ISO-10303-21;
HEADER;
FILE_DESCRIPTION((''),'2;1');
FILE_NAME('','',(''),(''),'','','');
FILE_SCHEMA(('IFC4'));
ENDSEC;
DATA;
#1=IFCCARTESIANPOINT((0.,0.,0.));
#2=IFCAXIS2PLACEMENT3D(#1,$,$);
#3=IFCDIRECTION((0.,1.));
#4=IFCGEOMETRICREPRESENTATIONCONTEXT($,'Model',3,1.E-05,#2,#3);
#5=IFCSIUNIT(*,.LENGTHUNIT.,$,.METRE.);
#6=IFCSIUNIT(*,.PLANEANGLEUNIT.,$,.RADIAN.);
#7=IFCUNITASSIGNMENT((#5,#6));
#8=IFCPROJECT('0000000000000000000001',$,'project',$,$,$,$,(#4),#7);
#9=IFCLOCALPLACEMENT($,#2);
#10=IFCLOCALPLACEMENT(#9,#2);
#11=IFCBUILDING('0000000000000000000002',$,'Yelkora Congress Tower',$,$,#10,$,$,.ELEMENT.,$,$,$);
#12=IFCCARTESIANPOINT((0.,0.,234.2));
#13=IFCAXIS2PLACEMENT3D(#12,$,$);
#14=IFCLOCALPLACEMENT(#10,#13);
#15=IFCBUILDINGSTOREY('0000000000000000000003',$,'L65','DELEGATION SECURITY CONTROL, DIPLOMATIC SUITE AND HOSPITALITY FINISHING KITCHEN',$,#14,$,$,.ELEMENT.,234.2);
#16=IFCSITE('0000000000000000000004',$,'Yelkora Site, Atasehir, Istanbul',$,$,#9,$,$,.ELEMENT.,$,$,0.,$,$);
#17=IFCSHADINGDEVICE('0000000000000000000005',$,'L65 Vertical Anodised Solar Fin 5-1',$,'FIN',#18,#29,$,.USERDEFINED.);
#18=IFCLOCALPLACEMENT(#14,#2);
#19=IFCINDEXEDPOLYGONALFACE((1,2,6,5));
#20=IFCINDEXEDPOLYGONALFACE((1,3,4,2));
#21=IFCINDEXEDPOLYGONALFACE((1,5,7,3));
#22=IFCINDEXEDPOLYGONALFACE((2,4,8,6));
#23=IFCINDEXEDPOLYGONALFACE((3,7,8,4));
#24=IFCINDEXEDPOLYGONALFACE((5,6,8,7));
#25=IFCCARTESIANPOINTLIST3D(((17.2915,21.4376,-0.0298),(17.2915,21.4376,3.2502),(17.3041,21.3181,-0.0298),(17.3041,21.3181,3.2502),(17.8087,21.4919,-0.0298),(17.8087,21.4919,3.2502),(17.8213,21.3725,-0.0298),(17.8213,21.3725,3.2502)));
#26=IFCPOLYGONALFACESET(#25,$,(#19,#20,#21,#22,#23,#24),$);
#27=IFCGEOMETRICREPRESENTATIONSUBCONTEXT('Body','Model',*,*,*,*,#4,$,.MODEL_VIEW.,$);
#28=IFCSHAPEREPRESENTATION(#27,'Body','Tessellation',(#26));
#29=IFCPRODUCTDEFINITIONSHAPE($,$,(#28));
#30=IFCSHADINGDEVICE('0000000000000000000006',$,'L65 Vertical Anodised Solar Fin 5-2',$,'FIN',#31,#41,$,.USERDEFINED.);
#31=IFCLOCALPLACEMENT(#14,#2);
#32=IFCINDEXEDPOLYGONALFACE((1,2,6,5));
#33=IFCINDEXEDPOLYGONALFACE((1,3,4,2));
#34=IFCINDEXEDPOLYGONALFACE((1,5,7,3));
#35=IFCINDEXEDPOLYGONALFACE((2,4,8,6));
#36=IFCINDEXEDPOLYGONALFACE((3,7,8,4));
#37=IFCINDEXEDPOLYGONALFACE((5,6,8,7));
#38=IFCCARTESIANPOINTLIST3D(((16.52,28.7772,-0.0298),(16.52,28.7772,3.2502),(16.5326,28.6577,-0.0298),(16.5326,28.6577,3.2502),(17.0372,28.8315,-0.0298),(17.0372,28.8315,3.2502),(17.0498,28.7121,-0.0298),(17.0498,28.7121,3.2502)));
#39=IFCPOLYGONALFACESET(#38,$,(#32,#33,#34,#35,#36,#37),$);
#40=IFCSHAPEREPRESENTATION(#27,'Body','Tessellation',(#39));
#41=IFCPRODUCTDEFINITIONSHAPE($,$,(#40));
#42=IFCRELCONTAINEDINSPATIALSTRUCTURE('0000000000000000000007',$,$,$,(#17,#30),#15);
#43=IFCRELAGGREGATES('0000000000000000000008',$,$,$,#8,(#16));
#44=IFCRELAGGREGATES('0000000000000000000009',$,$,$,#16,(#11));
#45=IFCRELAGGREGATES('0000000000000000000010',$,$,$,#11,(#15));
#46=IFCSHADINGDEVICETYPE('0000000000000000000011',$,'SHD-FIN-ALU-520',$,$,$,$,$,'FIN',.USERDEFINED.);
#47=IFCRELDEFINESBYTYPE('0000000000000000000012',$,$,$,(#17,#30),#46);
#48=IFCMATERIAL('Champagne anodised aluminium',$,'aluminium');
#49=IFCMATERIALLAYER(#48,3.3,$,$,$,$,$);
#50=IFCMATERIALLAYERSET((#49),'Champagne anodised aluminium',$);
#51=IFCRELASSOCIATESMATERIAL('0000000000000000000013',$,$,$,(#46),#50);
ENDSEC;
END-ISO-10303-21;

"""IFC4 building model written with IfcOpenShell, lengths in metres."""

from ifc_helpers import new_model, si_unit, direction, frame, origin, origin_2d, place, context, subcontext, project, spatial, rectangle, extrude, material, layer, layer_set, type_object, element, save


model = new_model("IFC4")

# Units and contexts
model_context = context("Model", 3, precision=1e-05, world=origin(), true_north=direction((0.0, 1.0)))
body_context = subcontext(model_context, "Body", "Model", "MODEL_VIEW")
ifc_project = project(units=[si_unit("LENGTHUNIT", "METRE"), si_unit("PLANEANGLEUNIT", "RADIAN")], contexts=[model_context])

# Site, building, storey
site_placement = place(None, origin())
site = spatial("IfcSite", under=ifc_project, at=site_placement, Name="Yelkora Site, Atasehir, Istanbul", CompositionType="ELEMENT", RefElevation=0.0)
building_placement = place(site_placement, origin())
building = spatial("IfcBuilding", under=site, at=building_placement, Name="Yelkora Congress Tower", CompositionType="ELEMENT")
storey_placement = place(building_placement, frame((0.0, 0.0, 234.2)))
storey = spatial("IfcBuildingStorey", under=building, at=storey_placement, Name="L65", Description="DELEGATION SECURITY CONTROL, DIPLOMATIC SUITE AND HOSPITALITY FINISHING KITCHEN", CompositionType="ELEMENT", Elevation=234.2)

# Shading devices
ifc_material_1 = material(Name="Champagne anodised aluminium", Category="aluminium")
ifc_layer_1 = layer(ifc_material_1, 3.3)
ifc_layer_set_1 = layer_set([ifc_layer_1], Name="Champagne anodised aluminium")
shading_device_type = type_object("IfcShadingDeviceType", Name="SHD-FIN-ALU-520", ElementType="FIN", PredefinedType="USERDEFINED", material=ifc_layer_set_1)
for number, where, z_axis, x_axis, name in (
    (1, (17.5564, 21.405, -0.0298), (0.0, 0.0, 1.0), (-0.104528, 0.994522, 0.0), "L65 Vertical Anodised Solar Fin 5-1"),
    (2, (16.7849, 28.7446, -0.0298), (0.0, 0.0, 1.0), (-0.104528, 0.994522, 0.0), "L65 Vertical Anodised Solar Fin 5-2"),
):
    element("IfcShadingDevice", number, at=place(storey_placement, frame(where, z_axis=z_axis, x_axis=x_axis)), inside=storey, type_object=shading_device_type, Name=name, ObjectType="FIN", PredefinedType="USERDEFINED", context=body_context, shape_type="SweptSolid", body=[
        extrude(rectangle(XDim=0.1201, YDim=0.52, at=origin_2d()), origin(), (0.0, 0.0, 1.0), 3.28),
    ])

save(model, "model.ifc")
